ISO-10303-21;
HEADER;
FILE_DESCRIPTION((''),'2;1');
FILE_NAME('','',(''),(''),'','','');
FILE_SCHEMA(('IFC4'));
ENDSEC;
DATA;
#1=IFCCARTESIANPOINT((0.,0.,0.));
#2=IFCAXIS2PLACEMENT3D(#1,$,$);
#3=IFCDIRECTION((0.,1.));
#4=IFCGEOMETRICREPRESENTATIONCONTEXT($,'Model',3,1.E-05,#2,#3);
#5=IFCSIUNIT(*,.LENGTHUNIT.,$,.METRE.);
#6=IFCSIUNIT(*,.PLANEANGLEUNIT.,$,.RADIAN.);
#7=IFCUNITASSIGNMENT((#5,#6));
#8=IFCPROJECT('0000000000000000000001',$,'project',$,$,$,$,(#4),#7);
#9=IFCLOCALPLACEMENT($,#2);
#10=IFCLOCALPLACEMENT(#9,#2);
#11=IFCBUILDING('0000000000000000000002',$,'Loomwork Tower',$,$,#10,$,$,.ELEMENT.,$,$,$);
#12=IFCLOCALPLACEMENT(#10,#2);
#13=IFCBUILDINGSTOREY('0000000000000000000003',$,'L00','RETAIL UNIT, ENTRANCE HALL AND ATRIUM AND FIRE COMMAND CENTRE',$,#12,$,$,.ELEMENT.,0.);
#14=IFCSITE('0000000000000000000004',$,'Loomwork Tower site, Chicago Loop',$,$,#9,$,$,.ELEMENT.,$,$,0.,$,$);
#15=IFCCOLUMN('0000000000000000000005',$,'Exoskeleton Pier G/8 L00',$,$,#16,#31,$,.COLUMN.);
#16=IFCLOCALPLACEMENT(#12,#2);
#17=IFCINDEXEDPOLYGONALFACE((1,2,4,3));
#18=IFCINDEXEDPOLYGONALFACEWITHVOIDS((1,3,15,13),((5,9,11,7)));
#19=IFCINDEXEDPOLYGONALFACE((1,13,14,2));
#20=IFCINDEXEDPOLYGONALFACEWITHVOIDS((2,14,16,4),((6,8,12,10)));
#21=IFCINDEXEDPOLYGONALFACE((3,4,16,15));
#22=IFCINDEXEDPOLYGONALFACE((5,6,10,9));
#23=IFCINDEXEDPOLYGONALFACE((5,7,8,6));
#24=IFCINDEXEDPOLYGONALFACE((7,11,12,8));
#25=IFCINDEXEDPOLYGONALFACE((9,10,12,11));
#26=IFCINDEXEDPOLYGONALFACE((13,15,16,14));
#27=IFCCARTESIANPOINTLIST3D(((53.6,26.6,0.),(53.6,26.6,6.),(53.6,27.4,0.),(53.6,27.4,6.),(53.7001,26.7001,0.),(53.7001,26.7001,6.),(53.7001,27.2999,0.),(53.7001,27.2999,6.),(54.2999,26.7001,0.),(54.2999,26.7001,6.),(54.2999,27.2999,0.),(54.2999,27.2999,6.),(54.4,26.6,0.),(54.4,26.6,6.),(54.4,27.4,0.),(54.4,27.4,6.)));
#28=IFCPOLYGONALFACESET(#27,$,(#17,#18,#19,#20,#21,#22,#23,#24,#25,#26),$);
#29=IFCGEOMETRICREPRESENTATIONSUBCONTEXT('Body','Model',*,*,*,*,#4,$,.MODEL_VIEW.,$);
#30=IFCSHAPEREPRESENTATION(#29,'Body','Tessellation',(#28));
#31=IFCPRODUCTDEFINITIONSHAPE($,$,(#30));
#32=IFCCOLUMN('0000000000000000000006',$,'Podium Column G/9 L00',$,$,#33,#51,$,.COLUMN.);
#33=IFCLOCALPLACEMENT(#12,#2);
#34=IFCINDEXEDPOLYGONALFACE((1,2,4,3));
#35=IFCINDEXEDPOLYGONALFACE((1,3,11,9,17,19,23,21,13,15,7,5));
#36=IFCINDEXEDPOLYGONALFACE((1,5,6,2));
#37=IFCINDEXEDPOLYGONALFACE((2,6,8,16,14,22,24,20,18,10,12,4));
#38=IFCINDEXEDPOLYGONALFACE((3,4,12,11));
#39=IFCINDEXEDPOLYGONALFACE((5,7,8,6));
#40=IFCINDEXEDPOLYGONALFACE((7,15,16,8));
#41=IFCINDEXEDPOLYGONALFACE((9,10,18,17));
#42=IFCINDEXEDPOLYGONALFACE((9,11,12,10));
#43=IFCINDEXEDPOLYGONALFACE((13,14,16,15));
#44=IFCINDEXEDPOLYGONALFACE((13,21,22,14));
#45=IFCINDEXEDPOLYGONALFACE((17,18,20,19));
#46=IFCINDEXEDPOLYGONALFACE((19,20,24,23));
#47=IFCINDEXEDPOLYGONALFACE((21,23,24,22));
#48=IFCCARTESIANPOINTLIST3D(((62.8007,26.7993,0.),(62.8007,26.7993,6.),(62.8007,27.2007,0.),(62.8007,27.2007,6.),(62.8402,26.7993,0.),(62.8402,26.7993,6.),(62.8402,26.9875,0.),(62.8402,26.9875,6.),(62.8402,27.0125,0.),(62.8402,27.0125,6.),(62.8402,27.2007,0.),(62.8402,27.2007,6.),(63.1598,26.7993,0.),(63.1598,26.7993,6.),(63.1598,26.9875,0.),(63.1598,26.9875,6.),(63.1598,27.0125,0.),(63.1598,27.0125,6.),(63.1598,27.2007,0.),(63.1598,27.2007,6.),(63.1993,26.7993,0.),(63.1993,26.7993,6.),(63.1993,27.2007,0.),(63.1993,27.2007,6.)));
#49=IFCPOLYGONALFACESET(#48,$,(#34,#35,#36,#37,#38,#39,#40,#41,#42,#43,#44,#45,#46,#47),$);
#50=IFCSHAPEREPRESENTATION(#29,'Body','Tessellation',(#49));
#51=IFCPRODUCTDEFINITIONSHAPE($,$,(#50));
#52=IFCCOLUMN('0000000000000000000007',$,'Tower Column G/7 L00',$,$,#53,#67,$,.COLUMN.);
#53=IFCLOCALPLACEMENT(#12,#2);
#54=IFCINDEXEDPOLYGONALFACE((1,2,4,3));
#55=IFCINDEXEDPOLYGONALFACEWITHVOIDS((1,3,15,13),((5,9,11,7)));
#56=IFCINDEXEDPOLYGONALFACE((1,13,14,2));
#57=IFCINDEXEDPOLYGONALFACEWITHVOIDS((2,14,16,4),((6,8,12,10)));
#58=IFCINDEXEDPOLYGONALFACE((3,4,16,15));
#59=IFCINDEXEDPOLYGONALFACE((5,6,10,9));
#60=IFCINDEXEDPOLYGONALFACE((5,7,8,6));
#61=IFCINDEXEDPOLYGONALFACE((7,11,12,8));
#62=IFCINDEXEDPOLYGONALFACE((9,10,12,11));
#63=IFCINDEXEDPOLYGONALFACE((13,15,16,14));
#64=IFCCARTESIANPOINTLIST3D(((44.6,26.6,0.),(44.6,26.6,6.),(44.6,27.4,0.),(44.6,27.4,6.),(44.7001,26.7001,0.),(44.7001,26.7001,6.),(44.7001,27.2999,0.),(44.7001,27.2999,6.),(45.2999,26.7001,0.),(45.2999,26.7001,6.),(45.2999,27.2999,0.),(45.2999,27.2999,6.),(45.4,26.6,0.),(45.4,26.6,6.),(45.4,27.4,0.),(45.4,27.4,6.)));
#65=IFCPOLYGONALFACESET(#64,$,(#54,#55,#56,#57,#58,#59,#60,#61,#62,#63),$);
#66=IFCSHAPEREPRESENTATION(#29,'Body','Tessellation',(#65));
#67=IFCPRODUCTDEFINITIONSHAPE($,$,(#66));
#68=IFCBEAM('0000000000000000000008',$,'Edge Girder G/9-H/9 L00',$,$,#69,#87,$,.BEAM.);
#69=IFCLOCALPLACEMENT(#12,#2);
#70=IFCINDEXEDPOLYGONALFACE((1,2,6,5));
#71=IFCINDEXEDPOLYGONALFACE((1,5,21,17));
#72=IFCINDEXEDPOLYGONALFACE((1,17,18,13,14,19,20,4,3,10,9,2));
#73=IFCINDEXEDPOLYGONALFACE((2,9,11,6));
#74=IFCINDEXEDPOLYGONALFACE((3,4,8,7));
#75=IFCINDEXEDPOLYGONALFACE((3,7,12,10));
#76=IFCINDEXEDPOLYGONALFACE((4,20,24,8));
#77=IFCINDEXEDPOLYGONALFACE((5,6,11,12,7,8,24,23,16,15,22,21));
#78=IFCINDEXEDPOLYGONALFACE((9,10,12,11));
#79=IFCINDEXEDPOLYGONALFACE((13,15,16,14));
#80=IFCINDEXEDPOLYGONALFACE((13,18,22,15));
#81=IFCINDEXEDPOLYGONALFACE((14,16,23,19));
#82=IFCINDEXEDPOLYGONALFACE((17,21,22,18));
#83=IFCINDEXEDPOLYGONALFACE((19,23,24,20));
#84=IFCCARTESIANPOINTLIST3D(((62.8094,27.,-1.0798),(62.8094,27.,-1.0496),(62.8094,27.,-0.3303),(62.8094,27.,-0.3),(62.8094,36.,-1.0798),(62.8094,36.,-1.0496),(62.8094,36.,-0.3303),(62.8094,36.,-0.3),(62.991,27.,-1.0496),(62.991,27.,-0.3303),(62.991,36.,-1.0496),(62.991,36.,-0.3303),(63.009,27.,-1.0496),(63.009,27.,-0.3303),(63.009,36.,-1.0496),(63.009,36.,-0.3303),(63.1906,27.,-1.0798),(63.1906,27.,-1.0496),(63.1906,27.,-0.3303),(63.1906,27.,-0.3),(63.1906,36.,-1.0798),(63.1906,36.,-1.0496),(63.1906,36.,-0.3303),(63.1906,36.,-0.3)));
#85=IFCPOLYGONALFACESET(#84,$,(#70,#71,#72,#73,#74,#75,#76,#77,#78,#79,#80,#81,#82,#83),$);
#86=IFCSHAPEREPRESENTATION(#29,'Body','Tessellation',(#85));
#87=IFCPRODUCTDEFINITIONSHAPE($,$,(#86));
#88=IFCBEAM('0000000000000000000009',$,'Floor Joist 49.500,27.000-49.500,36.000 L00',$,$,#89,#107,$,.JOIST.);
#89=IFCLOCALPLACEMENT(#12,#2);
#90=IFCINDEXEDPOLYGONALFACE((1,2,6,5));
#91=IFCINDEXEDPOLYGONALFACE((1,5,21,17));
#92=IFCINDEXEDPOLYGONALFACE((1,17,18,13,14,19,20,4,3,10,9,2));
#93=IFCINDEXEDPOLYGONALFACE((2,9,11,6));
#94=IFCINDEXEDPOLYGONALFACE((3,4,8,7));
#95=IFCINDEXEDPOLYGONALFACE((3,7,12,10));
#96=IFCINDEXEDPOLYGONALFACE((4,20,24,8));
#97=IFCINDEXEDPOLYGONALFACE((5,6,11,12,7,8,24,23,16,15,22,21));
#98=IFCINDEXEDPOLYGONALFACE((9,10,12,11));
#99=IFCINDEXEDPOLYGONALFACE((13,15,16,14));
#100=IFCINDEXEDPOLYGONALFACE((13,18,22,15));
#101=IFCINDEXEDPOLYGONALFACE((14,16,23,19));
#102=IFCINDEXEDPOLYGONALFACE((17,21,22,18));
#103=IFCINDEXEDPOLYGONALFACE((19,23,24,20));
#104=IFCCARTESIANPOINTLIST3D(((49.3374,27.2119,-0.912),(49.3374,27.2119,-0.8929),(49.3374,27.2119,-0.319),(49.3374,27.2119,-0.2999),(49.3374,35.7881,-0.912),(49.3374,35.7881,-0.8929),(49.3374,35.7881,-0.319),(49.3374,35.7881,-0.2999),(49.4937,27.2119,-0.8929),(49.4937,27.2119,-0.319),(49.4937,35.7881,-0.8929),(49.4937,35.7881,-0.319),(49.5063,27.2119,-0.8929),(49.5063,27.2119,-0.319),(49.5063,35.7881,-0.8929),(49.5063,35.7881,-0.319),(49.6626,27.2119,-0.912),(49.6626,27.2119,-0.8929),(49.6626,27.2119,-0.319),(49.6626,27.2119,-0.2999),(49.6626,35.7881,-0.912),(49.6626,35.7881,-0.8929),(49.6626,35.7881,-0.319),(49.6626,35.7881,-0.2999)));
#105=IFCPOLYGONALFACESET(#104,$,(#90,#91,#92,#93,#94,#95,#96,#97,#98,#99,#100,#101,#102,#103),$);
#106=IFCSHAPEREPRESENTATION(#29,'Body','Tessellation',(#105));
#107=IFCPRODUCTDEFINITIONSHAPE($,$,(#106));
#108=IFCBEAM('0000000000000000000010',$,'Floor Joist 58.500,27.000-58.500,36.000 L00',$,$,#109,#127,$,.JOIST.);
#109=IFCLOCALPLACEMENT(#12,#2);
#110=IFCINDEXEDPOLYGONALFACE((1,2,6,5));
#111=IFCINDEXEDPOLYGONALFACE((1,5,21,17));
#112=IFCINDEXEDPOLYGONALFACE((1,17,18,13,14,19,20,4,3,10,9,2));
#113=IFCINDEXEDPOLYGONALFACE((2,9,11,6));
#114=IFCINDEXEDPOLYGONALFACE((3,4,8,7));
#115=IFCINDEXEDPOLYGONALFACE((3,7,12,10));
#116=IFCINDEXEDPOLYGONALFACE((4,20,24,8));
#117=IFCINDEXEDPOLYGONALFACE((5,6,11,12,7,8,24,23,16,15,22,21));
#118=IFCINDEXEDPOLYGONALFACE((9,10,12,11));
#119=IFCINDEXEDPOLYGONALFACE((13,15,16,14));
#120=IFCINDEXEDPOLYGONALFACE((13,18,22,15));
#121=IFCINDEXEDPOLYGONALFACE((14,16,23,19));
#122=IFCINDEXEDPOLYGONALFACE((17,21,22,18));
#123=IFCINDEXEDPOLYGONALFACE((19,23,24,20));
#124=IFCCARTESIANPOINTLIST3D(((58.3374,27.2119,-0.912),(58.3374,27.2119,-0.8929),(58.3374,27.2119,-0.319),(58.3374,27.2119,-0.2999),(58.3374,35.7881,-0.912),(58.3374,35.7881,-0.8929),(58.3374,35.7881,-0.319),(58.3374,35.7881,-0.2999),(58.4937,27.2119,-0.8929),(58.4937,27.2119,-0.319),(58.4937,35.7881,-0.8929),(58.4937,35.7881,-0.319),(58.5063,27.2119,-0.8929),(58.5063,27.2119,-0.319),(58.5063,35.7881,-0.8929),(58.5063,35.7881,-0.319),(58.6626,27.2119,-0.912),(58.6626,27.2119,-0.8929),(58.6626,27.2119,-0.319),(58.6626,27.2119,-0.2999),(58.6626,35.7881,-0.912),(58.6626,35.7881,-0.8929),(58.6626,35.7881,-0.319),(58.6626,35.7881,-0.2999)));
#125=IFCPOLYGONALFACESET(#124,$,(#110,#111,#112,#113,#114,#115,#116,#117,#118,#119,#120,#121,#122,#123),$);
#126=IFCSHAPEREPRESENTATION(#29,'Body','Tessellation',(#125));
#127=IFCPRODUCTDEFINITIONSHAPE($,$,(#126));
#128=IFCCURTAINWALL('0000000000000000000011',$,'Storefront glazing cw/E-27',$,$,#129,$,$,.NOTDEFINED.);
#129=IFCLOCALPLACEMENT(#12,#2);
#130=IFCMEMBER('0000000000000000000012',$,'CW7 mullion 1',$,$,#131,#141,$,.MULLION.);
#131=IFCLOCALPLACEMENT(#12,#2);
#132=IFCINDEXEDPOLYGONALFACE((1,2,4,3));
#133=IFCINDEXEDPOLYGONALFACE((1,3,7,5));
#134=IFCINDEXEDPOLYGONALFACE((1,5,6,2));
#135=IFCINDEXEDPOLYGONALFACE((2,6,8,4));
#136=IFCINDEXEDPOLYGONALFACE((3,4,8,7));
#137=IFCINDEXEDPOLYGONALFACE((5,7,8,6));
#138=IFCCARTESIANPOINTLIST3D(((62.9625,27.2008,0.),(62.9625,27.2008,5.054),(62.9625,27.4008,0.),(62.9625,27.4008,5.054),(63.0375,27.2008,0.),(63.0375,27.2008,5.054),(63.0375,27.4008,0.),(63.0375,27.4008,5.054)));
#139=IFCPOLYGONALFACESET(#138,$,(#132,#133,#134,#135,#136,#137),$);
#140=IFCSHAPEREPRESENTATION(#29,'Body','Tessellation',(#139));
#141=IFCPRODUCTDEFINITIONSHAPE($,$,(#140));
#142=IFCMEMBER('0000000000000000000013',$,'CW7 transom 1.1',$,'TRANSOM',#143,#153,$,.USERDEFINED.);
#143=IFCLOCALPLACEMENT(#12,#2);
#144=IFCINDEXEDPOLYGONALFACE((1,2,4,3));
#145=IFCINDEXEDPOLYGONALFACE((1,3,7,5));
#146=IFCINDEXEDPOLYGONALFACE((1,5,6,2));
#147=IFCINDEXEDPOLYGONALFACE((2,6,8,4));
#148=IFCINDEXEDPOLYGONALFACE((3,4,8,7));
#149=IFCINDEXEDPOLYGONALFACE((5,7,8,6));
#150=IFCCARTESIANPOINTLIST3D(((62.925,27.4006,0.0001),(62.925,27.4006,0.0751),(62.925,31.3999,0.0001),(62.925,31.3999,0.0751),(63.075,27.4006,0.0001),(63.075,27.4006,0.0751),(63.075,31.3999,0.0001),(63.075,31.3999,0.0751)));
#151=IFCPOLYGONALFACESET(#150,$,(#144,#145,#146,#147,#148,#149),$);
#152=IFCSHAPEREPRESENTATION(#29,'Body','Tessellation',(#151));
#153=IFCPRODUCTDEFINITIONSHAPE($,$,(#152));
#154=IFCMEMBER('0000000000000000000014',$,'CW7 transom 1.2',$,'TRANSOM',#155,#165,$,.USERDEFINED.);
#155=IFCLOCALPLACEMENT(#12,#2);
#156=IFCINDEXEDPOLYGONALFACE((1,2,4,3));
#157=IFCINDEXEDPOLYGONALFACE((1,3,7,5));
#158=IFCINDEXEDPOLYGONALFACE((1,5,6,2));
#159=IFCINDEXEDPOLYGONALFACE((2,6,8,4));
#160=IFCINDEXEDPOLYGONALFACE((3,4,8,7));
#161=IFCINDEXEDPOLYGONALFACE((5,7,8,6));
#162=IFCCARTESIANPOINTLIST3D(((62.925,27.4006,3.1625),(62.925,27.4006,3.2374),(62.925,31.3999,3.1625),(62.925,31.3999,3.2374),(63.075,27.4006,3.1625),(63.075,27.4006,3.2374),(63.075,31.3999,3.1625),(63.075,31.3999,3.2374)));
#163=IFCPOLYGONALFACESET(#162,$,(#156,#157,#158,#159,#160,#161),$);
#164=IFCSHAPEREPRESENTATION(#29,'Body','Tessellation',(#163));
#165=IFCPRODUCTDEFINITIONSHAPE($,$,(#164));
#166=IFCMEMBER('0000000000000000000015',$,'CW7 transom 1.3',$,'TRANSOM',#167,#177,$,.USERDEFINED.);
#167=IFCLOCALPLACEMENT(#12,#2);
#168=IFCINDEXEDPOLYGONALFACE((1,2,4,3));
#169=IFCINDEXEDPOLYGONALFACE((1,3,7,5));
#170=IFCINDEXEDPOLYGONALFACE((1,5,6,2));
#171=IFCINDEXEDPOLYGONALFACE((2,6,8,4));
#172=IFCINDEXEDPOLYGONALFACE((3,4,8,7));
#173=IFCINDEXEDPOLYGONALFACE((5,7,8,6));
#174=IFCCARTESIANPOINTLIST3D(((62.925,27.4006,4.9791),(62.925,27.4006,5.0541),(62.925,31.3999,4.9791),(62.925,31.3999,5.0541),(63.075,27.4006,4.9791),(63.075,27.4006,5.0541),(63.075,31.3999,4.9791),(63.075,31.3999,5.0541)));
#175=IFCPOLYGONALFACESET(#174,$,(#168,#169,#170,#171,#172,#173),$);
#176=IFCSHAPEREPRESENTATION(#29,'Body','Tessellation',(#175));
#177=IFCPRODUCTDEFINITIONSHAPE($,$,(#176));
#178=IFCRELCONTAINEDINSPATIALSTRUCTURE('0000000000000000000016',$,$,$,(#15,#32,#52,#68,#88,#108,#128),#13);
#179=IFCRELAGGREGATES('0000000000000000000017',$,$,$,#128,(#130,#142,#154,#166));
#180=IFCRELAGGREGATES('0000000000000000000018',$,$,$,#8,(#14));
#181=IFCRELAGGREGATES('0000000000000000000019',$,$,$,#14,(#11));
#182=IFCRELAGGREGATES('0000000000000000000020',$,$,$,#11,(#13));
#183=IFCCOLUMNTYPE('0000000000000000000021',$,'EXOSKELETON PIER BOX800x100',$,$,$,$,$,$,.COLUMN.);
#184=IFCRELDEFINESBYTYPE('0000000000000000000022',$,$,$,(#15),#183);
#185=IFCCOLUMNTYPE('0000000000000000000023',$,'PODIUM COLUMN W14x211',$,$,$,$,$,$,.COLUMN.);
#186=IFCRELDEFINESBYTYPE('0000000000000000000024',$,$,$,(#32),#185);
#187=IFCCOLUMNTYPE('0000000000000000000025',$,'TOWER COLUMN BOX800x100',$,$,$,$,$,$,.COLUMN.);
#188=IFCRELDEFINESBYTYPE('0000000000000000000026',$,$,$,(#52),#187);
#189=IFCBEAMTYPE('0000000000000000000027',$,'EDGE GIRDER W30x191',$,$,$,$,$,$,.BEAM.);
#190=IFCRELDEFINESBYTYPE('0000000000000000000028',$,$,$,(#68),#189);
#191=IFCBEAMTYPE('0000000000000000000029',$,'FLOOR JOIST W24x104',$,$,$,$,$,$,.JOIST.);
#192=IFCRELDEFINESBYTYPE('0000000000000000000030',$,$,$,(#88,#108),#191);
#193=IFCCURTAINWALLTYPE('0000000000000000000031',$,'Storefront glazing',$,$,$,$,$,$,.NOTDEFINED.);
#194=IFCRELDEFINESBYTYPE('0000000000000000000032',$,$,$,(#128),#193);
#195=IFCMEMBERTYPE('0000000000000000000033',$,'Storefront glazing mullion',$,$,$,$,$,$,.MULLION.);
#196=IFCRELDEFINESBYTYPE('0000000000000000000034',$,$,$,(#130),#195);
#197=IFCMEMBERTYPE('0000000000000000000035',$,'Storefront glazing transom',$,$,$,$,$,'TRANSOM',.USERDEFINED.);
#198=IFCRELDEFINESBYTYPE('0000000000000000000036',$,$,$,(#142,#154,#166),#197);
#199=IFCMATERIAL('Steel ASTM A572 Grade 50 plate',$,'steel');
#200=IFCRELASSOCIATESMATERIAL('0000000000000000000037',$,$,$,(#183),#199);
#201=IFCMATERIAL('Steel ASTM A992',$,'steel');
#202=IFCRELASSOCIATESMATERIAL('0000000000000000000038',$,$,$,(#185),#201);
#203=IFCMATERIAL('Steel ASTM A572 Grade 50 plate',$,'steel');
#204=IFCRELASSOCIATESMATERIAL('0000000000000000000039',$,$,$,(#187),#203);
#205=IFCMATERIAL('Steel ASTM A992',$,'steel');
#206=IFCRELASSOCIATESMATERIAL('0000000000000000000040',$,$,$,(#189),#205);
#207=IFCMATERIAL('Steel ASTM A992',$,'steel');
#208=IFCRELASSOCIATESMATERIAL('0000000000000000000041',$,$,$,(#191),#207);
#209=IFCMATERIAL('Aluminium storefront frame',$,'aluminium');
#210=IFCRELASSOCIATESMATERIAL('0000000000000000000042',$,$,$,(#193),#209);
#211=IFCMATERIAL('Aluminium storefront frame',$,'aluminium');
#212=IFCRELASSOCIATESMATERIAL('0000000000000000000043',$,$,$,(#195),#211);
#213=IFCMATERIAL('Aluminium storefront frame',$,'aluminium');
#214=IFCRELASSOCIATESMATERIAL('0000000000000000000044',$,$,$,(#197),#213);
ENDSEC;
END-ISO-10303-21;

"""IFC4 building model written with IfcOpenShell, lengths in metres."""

from ifc_helpers import new_model, si_unit, direction, frame, origin, origin_2d, place, context, subcontext, project, spatial, rectangle, hollow_rectangle, i_section, extrude, material, material_profile, profile_set, type_object, element, aggregate, save


model = new_model("IFC4")

# Units and contexts
model_context = context("Model", 3, precision=1e-05, world=origin(), true_north=direction((0.0, 1.0)))
body_context = subcontext(model_context, "Body", "Model", "MODEL_VIEW")
ifc_project = project(units=[si_unit("LENGTHUNIT", "METRE"), si_unit("PLANEANGLEUNIT", "RADIAN")], contexts=[model_context])

# Site, building, storey
site_placement = place(None, origin())
site = spatial("IfcSite", under=ifc_project, at=site_placement, Name="Loomwork Tower site, Chicago Loop", CompositionType="ELEMENT", RefElevation=0.0)
building_placement = place(site_placement, origin())
building = spatial("IfcBuilding", under=site, at=building_placement, Name="Loomwork Tower", CompositionType="ELEMENT")
storey_placement = place(building_placement, origin())
storey = spatial("IfcBuildingStorey", under=building, at=storey_placement, Name="L00", Description="RETAIL UNIT, ENTRANCE HALL AND ATRIUM AND FIRE COMMAND CENTRE", CompositionType="ELEMENT", Elevation=0.0)

# Columns
ifc_material_1 = material(Name="Steel ASTM A572 Grade 50 plate", Category="steel")
ifc_material_profile_1 = material_profile(ifc_material_1, hollow_rectangle(XDim=0.8, YDim=0.8, WallThickness=0.1001, at=origin_2d()), Name="BOX800x100")
ifc_profile_set_1 = profile_set([ifc_material_profile_1], Name="Steel ASTM A572 Grade 50 plate")
column_type_1 = type_object("IfcColumnType", Name="EXOSKELETON PIER BOX800x100", PredefinedType="COLUMN", material=ifc_profile_set_1)
column_1_placement = place(storey_placement, frame((54.0, 27.0, 0.0), z_axis=(0.0, 0.0, 1.0), x_axis=(0.0, 1.0, 0.0)))
element("IfcColumn", 1, at=column_1_placement, inside=storey, type_object=column_type_1, Name="Exoskeleton Pier G/8 L00", PredefinedType="COLUMN", context=body_context, shape_type="SweptSolid", body=[
    extrude(hollow_rectangle(XDim=0.8, YDim=0.8, WallThickness=0.1001, at=origin_2d()), origin(), (0.0, 0.0, 1.0), 6.0),
])
ifc_material_2 = material(Name="Steel ASTM A992", Category="steel")
ifc_material_profile_2 = material_profile(ifc_material_2, i_section(OverallWidth=0.4014, OverallDepth=0.3987, WebThickness=0.0249, FlangeThickness=0.0396, at=origin_2d()), Name="W14x211")
ifc_profile_set_2 = profile_set([ifc_material_profile_2], Name="Steel ASTM A992")
column_type_2 = type_object("IfcColumnType", Name="PODIUM COLUMN W14x211", PredefinedType="COLUMN", material=ifc_profile_set_2)
column_2_placement = place(storey_placement, frame((63.0, 27.0, 0.0), z_axis=(0.0, 0.0, 1.0), x_axis=(0.0, 1.0, 0.0)))
element("IfcColumn", 2, at=column_2_placement, inside=storey, type_object=column_type_2, Name="Podium Column G/9 L00", PredefinedType="COLUMN", context=body_context, shape_type="SweptSolid", body=[
    extrude(i_section(OverallWidth=0.4014, OverallDepth=0.3987, WebThickness=0.0249, FlangeThickness=0.0396, at=origin_2d()), origin(), (0.0, 0.0, 1.0), 6.0),
])
ifc_material_3 = material(Name="Steel ASTM A572 Grade 50 plate", Category="steel")
ifc_material_profile_3 = material_profile(ifc_material_3, hollow_rectangle(XDim=0.8, YDim=0.8, WallThickness=0.1001, at=origin_2d()), Name="BOX800x100")
ifc_profile_set_3 = profile_set([ifc_material_profile_3], Name="Steel ASTM A572 Grade 50 plate")
column_type_3 = type_object("IfcColumnType", Name="TOWER COLUMN BOX800x100", PredefinedType="COLUMN", material=ifc_profile_set_3)
column_3_placement = place(storey_placement, frame((45.0, 27.0, 0.0), z_axis=(0.0, 0.0, 1.0), x_axis=(0.0, 1.0, 0.0)))
element("IfcColumn", 3, at=column_3_placement, inside=storey, type_object=column_type_3, Name="Tower Column G/7 L00", PredefinedType="COLUMN", context=body_context, shape_type="SweptSolid", body=[
    extrude(hollow_rectangle(XDim=0.8, YDim=0.8, WallThickness=0.1001, at=origin_2d()), origin(), (0.0, 0.0, 1.0), 6.0),
])

# Beams
ifc_material_4 = material(Name="Steel ASTM A992", Category="steel")
ifc_material_profile_4 = material_profile(ifc_material_4, i_section(OverallWidth=0.3811, OverallDepth=0.7798, WebThickness=0.0181, FlangeThickness=0.0303, at=origin_2d()), Name="W30x191")
ifc_profile_set_4 = profile_set([ifc_material_profile_4], Name="Steel ASTM A992")
beam_type_1 = type_object("IfcBeamType", Name="EDGE GIRDER W30x191", PredefinedType="BEAM", material=ifc_profile_set_4)
beam_placement = place(storey_placement, frame((63.0, 27.0, -0.6899), z_axis=(0.0, 1.0, 0.0), x_axis=(-1.0, 0.0, 0.0)))
element("IfcBeam", 4, at=beam_placement, inside=storey, type_object=beam_type_1, Name="Edge Girder G/9-H/9 L00", PredefinedType="BEAM", context=body_context, shape_type="SweptSolid", body=[
    extrude(i_section(OverallWidth=0.3811, OverallDepth=0.7798, WebThickness=0.0181, FlangeThickness=0.0303, at=origin_2d()), origin(), (0.0, 0.0, 1.0), 9.0),
])
ifc_material_5 = material(Name="Steel ASTM A992", Category="steel")
ifc_material_profile_5 = material_profile(ifc_material_5, i_section(OverallWidth=0.3252, OverallDepth=0.6121, WebThickness=0.0127, FlangeThickness=0.019, at=origin_2d()), Name="W24x104")
ifc_profile_set_5 = profile_set([ifc_material_profile_5], Name="Steel ASTM A992")
beam_type_2 = type_object("IfcBeamType", Name="FLOOR JOIST W24x104", PredefinedType="JOIST", material=ifc_profile_set_5)
for number, where, z_axis, x_axis, name in (
    (5, (49.5, 27.2119, -0.606), (0.0, 1.0, 0.0), (-1.0, 0.0, 0.0), "Floor Joist 49.500,27.000-49.500,36.000 L00"),
    (6, (58.5, 27.2119, -0.606), (0.0, 1.0, 0.0), (-1.0, 0.0, 0.0), "Floor Joist 58.500,27.000-58.500,36.000 L00"),
):
    element("IfcBeam", number, at=place(storey_placement, frame(where, z_axis=z_axis, x_axis=x_axis)), inside=storey, type_object=beam_type_2, Name=name, PredefinedType="JOIST", context=body_context, shape_type="SweptSolid", body=[
        extrude(i_section(OverallWidth=0.3252, OverallDepth=0.6121, WebThickness=0.0127, FlangeThickness=0.019, at=origin_2d()), origin(), (0.0, 0.0, 1.0), 8.5762),
    ])

# Curtain wall, members
ifc_material_6 = material(Name="Aluminium storefront frame", Category="aluminium")
curtain_wall_type = type_object("IfcCurtainWallType", Name="Storefront glazing", PredefinedType="NOTDEFINED", material=ifc_material_6)
curtain_wall_placement = place(storey_placement, origin())
curtain_wall = element("IfcCurtainWall", 7, at=curtain_wall_placement, inside=storey, type_object=curtain_wall_type, Name="Storefront glazing cw/E-27", PredefinedType="NOTDEFINED")
ifc_material_7 = material(Name="Aluminium storefront frame", Category="aluminium")
ifc_material_profile_6 = material_profile(ifc_material_7, rectangle(XDim=0.075, YDim=0.2, at=origin_2d()), Name="AL 75x200")
ifc_profile_set_6 = profile_set([ifc_material_profile_6], Name="Aluminium storefront frame")
member_type_1 = type_object("IfcMemberType", Name="Storefront glazing mullion", PredefinedType="MULLION", material=ifc_profile_set_6)
member_1_placement = place(storey_placement, frame((63.0, 27.3008, 0.0), z_axis=(0.0, 0.0, 1.0), x_axis=(-1.0, 0.0, 0.0)))
member_1 = element("IfcMember", 8, at=member_1_placement, type_object=member_type_1, Name="CW7 mullion 1", PredefinedType="MULLION", context=body_context, shape_type="SweptSolid", body=[
    extrude(rectangle(XDim=0.075, YDim=0.2, at=origin_2d()), origin(), (0.0, 0.0, 1.0), 5.054),
])
ifc_material_8 = material(Name="Aluminium storefront frame", Category="aluminium")
ifc_material_profile_7 = material_profile(ifc_material_8, rectangle(XDim=0.1499, YDim=0.075, at=origin_2d()), Name="AL 75x150")
ifc_profile_set_7 = profile_set([ifc_material_profile_7], Name="Aluminium storefront frame")
member_type_2 = type_object("IfcMemberType", Name="Storefront glazing transom", ElementType="TRANSOM", PredefinedType="USERDEFINED", material=ifc_profile_set_7)
member_2_placement = place(storey_placement, frame((63.0, 27.4006, 0.0376), z_axis=(0.0, 1.0, 0.0), x_axis=(-1.0, 0.0, 0.0)))
member_2 = element("IfcMember", 9, at=member_2_placement, type_object=member_type_2, Name="CW7 transom 1.1", ObjectType="TRANSOM", PredefinedType="USERDEFINED", context=body_context, shape_type="SweptSolid", body=[
    extrude(rectangle(XDim=0.1499, YDim=0.075, at=origin_2d()), origin(), (0.0, 0.0, 1.0), 3.9993),
])
member_3_placement = place(storey_placement, frame((63.0, 27.4006, 3.2), z_axis=(0.0, 1.0, 0.0), x_axis=(-1.0, 0.0, 0.0)))
member_3 = element("IfcMember", 10, at=member_3_placement, type_object=member_type_2, Name="CW7 transom 1.2", ObjectType="TRANSOM", PredefinedType="USERDEFINED", context=body_context, shape_type="SweptSolid", body=[
    extrude(rectangle(XDim=0.1499, YDim=0.075, at=origin_2d()), origin(), (0.0, 0.0, 1.0), 3.9993),
])
member_4_placement = place(storey_placement, frame((63.0, 27.4006, 5.0166), z_axis=(0.0, 1.0, 0.0), x_axis=(-1.0, 0.0, 0.0)))
member_4 = element("IfcMember", 11, at=member_4_placement, type_object=member_type_2, Name="CW7 transom 1.3", ObjectType="TRANSOM", PredefinedType="USERDEFINED", context=body_context, shape_type="SweptSolid", body=[
    extrude(rectangle(XDim=0.1499, YDim=0.075, at=origin_2d()), origin(), (0.0, 0.0, 1.0), 3.9993),
])

aggregate(curtain_wall, [member_1, member_2, member_3, member_4])

save(model, "model.ifc")
